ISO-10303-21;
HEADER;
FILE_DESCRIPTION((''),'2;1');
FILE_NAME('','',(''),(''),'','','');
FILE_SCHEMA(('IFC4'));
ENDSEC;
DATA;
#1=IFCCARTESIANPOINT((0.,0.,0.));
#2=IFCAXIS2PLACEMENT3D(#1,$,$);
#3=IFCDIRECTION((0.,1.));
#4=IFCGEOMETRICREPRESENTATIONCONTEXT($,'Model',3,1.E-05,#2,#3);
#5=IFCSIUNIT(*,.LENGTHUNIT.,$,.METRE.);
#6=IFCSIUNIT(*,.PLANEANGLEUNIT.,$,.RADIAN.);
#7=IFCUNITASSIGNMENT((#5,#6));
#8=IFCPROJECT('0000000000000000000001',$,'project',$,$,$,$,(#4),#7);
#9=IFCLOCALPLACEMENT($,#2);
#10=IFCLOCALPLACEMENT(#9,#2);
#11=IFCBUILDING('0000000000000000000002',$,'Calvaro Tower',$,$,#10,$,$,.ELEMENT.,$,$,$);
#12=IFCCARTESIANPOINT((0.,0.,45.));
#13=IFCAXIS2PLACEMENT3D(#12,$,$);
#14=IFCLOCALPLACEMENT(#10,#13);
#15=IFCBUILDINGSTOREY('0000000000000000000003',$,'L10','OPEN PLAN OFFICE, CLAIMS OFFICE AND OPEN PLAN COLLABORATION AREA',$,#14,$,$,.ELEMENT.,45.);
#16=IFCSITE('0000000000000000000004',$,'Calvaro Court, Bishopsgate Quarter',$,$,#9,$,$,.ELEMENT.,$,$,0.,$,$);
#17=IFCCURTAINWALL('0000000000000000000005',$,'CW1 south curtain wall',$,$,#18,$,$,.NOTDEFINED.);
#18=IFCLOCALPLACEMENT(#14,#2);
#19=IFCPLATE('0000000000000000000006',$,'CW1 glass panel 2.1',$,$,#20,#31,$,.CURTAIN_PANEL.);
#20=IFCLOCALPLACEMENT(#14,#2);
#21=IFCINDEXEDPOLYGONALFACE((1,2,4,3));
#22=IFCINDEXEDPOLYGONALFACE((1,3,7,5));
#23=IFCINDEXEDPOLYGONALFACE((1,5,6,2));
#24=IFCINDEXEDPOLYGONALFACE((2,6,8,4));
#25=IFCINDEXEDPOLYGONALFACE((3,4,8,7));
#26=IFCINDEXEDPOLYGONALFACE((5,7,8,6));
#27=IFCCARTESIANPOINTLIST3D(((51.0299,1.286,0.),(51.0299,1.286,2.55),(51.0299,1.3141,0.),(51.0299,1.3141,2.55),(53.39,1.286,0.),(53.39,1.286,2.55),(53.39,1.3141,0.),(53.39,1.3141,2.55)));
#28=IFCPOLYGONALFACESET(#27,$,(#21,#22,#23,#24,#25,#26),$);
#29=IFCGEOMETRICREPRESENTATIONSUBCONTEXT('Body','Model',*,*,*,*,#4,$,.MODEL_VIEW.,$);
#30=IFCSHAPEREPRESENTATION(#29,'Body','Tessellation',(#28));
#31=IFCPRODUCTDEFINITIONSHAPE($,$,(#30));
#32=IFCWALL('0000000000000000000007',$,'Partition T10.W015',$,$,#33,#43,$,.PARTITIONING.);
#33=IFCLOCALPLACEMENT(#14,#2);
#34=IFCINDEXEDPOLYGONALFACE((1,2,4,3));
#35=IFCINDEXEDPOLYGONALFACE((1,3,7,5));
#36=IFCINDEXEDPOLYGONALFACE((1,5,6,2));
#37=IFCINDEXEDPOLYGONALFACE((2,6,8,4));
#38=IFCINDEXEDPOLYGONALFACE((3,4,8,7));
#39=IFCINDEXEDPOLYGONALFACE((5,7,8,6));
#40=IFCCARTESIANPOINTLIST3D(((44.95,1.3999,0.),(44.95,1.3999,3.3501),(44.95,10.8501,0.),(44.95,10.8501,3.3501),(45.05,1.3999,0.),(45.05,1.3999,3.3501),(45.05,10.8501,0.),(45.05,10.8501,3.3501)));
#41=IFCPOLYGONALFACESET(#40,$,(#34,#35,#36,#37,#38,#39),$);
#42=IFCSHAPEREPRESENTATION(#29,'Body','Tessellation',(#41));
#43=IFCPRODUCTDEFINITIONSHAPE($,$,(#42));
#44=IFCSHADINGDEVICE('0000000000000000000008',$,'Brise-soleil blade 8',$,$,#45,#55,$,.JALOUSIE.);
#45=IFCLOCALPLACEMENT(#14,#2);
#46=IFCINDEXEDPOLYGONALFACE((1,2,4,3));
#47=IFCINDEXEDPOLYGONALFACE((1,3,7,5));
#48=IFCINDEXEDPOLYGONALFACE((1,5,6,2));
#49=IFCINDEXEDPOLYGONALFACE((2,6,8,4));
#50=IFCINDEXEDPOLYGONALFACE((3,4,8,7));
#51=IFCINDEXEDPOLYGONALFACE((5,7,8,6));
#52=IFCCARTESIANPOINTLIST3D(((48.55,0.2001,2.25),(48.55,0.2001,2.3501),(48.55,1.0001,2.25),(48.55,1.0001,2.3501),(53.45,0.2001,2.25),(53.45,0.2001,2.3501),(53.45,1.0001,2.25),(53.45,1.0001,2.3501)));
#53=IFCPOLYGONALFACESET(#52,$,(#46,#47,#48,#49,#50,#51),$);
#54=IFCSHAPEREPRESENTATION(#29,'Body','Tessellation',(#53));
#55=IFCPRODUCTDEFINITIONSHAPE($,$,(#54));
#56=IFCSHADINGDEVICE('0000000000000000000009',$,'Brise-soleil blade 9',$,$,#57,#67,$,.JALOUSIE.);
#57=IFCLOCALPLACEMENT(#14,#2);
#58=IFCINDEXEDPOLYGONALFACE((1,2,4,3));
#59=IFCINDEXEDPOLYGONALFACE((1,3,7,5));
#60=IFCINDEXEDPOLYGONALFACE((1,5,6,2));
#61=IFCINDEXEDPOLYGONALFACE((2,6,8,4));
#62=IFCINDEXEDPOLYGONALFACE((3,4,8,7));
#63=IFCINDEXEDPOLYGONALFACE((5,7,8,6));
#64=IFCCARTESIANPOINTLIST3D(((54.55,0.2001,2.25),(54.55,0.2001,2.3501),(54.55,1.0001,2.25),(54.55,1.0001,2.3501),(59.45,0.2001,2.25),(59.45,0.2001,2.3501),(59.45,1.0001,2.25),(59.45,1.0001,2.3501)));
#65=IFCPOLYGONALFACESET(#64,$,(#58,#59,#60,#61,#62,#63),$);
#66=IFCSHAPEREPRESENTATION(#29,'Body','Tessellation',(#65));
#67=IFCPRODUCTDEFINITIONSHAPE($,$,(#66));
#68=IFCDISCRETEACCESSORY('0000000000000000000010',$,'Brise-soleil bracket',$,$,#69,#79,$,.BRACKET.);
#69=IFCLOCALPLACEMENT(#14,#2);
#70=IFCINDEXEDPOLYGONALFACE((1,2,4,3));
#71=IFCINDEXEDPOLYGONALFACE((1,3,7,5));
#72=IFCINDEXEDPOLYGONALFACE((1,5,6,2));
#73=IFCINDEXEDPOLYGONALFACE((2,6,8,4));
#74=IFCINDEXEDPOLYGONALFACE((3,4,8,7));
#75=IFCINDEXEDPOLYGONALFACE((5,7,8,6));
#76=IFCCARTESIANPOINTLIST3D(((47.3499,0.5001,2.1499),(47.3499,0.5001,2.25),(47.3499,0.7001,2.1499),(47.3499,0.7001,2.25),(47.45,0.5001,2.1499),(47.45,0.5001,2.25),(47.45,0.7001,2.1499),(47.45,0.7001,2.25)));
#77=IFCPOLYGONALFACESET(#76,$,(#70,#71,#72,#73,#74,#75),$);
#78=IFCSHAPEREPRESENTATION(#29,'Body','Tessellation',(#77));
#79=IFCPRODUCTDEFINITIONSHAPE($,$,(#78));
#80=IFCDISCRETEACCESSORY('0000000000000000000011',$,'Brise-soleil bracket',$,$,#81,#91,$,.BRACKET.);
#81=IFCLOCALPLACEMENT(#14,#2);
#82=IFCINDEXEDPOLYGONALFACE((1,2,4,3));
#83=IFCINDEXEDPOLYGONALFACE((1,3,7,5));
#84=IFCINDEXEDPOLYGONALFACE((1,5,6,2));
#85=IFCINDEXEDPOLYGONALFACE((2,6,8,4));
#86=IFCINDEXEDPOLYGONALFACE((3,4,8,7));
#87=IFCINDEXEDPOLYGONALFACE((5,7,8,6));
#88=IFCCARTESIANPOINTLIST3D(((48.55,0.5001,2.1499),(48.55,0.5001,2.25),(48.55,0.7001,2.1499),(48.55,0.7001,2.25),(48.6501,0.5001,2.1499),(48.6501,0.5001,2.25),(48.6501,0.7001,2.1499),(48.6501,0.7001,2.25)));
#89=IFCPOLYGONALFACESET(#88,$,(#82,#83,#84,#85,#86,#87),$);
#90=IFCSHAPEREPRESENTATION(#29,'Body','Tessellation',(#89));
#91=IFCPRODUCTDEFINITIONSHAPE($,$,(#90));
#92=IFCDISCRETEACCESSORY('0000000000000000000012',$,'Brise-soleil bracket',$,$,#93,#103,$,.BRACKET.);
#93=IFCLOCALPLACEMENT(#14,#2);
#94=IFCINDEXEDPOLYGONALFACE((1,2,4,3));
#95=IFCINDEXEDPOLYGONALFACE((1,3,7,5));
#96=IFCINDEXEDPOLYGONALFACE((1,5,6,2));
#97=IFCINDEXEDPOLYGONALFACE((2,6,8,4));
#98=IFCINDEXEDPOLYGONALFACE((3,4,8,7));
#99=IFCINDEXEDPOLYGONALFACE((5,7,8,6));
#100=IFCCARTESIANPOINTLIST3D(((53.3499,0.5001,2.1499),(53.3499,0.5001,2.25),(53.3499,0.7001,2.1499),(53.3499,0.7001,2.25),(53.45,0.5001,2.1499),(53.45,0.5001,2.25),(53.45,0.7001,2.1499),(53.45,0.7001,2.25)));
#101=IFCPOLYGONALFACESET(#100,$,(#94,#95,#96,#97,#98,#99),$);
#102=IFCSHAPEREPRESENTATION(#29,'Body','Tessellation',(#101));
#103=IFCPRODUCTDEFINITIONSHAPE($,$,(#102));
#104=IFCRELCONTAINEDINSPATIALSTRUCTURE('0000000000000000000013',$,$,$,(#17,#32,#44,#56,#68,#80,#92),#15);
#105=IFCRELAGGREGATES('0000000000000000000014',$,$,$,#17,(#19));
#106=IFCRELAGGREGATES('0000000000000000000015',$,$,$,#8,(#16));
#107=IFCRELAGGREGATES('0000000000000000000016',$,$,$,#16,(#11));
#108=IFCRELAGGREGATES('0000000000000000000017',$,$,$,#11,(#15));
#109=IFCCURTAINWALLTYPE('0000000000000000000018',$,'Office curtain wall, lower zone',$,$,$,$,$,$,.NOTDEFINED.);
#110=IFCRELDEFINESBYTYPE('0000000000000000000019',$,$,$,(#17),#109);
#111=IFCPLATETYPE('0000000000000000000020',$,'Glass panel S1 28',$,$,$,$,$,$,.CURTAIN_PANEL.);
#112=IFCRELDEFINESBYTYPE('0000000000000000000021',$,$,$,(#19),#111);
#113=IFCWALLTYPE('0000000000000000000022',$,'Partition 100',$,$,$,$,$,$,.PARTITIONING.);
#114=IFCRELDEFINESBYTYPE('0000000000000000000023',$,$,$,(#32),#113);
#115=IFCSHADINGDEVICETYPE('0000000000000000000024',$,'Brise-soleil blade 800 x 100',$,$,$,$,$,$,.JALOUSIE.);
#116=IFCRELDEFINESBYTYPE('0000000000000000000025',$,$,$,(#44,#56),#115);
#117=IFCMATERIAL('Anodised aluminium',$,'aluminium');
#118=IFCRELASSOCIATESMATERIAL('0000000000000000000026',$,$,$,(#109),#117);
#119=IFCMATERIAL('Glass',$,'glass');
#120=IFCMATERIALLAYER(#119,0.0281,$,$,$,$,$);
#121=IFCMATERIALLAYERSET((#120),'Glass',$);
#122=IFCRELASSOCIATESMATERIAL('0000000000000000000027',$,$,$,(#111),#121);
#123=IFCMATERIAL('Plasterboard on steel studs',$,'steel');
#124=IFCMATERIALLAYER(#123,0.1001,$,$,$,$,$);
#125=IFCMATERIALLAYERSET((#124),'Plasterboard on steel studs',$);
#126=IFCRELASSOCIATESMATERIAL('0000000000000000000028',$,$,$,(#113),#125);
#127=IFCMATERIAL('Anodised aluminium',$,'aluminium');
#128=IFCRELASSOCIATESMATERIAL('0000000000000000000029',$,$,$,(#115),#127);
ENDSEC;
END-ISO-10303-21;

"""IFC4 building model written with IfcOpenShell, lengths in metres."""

from ifc_helpers import new_model, si_unit, direction, frame, frame_2d, origin, origin_2d, place, context, subcontext, project, spatial, rectangle, extrude, material, layer, layer_set, material_profile, profile_set, type_object, element, aggregate, save


model = new_model("IFC4")

# Units and contexts
model_context = context("Model", 3, precision=1e-05, world=origin(), true_north=direction((0.0, 1.0)))
body_context = subcontext(model_context, "Body", "Model", "MODEL_VIEW")
ifc_project = project(units=[si_unit("LENGTHUNIT", "METRE"), si_unit("PLANEANGLEUNIT", "RADIAN")], contexts=[model_context])

# Site, building, storey
site_placement = place(None, origin())
site = spatial("IfcSite", under=ifc_project, at=site_placement, Name="Calvaro Court, Bishopsgate Quarter", CompositionType="ELEMENT", RefElevation=0.0)
building_placement = place(site_placement, origin())
building = spatial("IfcBuilding", under=site, at=building_placement, Name="Calvaro Tower", CompositionType="ELEMENT")
storey_placement = place(building_placement, frame((0.0, 0.0, 45.0)))
storey = spatial("IfcBuildingStorey", under=building, at=storey_placement, Name="L10", Description="OPEN PLAN OFFICE, CLAIMS OFFICE AND OPEN PLAN COLLABORATION AREA", CompositionType="ELEMENT", Elevation=45.0)

# Curtain wall
ifc_material_1 = material(Name="Anodised aluminium", Category="aluminium")
curtain_wall_type = type_object("IfcCurtainWallType", Name="Office curtain wall, lower zone", PredefinedType="NOTDEFINED", material=ifc_material_1)
curtain_wall_1_placement = place(storey_placement, origin())
curtain_wall_1 = element("IfcCurtainWall", 1, at=curtain_wall_1_placement, inside=storey, type_object=curtain_wall_type, Name="CW1 south curtain wall", PredefinedType="NOTDEFINED")

# Plate
ifc_material_2 = material(Name="Glass", Category="glass")
ifc_layer_1 = layer(ifc_material_2, 0.0281)
ifc_layer_set_1 = layer_set([ifc_layer_1], Name="Glass")
plate_type = type_object("IfcPlateType", Name="Glass panel S1 28", PredefinedType="CURTAIN_PANEL", material=ifc_layer_set_1)
plate_1_placement = place(storey_placement, frame((52.21, 1.3, 0.0), z_axis=(0.0, 0.0, 1.0), x_axis=(1.0, 0.0, 0.0)))
plate_1 = element("IfcPlate", 2, at=plate_1_placement, type_object=plate_type, Name="CW1 glass panel 2.1", PredefinedType="CURTAIN_PANEL", context=body_context, shape_type="SweptSolid", body=[
    extrude(rectangle(XDim=2.3601, YDim=0.0281, at=origin_2d()), origin(), (0.0, 0.0, 1.0), 2.55),
])
aggregate(curtain_wall_1, [plate_1])

# Wall
ifc_material_3 = material(Name="Plasterboard on steel studs", Category="steel")
ifc_layer_2 = layer(ifc_material_3, 0.1001)
ifc_layer_set_2 = layer_set([ifc_layer_2], Name="Plasterboard on steel studs")
wall_type = type_object("IfcWallType", Name="Partition 100", PredefinedType="PARTITIONING", material=ifc_layer_set_2)
wall_placement = place(storey_placement, frame((45.0, 1.3999, 0.0), z_axis=(0.0, 0.0, 1.0), x_axis=(0.0, 1.0, 0.0)))
element("IfcWall", 3, at=wall_placement, inside=storey, type_object=wall_type, Name="Partition T10.W015", PredefinedType="PARTITIONING", context=body_context, shape_type="SweptSolid", body=[
    extrude(rectangle(XDim=9.4502, YDim=0.1001, at=frame_2d((4.7251, 0.0))), origin(), (0.0, 0.0, 1.0), 3.3501),
])

# Shading devices
ifc_material_4 = material(Name="Anodised aluminium", Category="aluminium")
ifc_material_profile_1 = material_profile(ifc_material_4, rectangle(XDim=0.8, YDim=0.1001, at=origin_2d()), Name="Brise-soleil blade 800 x 100")
ifc_profile_set_1 = profile_set([ifc_material_profile_1], Name="Anodised aluminium")
shading_device_type = type_object("IfcShadingDeviceType", Name="Brise-soleil blade 800 x 100", PredefinedType="JALOUSIE", material=ifc_profile_set_1)
for number, where, z_axis, x_axis, name in (
    (4, (48.55, 0.6001, 2.3), (1.0, 0.0, 0.0), (0.0, 1.0, 0.0), "Brise-soleil blade 8"),
    (5, (54.55, 0.6001, 2.3), (1.0, 0.0, 0.0), (0.0, 1.0, 0.0), "Brise-soleil blade 9"),
):
    element("IfcShadingDevice", number, at=place(storey_placement, frame(where, z_axis=z_axis, x_axis=x_axis)), inside=storey, type_object=shading_device_type, Name=name, PredefinedType="JALOUSIE", context=body_context, shape_type="SweptSolid", body=[
        extrude(rectangle(XDim=0.8, YDim=0.1001, at=origin_2d()), origin(), (0.0, 0.0, 1.0), 4.8999),
    ])

# Discrete accessories
for number, where, z_axis, x_axis, name in (
    (6, (47.3999, 0.6001, 2.1499), (0.0, 0.0, 1.0), (1.0, 0.0, 0.0), "Brise-soleil bracket"),
    (7, (48.6001, 0.6001, 2.1499), (0.0, 0.0, 1.0), (1.0, 0.0, 0.0), "Brise-soleil bracket"),
    (8, (53.3999, 0.6001, 2.1499), (0.0, 0.0, 1.0), (1.0, 0.0, 0.0), "Brise-soleil bracket"),
):
    element("IfcDiscreteAccessory", number, at=place(storey_placement, frame(where, z_axis=z_axis, x_axis=x_axis)), inside=storey, Name=name, PredefinedType="BRACKET", context=body_context, shape_type="SweptSolid", body=[
        extrude(rectangle(XDim=0.1001, YDim=0.2, at=origin_2d()), origin(), (0.0, 0.0, 1.0), 0.1001),
    ])

save(model, "model.ifc")
